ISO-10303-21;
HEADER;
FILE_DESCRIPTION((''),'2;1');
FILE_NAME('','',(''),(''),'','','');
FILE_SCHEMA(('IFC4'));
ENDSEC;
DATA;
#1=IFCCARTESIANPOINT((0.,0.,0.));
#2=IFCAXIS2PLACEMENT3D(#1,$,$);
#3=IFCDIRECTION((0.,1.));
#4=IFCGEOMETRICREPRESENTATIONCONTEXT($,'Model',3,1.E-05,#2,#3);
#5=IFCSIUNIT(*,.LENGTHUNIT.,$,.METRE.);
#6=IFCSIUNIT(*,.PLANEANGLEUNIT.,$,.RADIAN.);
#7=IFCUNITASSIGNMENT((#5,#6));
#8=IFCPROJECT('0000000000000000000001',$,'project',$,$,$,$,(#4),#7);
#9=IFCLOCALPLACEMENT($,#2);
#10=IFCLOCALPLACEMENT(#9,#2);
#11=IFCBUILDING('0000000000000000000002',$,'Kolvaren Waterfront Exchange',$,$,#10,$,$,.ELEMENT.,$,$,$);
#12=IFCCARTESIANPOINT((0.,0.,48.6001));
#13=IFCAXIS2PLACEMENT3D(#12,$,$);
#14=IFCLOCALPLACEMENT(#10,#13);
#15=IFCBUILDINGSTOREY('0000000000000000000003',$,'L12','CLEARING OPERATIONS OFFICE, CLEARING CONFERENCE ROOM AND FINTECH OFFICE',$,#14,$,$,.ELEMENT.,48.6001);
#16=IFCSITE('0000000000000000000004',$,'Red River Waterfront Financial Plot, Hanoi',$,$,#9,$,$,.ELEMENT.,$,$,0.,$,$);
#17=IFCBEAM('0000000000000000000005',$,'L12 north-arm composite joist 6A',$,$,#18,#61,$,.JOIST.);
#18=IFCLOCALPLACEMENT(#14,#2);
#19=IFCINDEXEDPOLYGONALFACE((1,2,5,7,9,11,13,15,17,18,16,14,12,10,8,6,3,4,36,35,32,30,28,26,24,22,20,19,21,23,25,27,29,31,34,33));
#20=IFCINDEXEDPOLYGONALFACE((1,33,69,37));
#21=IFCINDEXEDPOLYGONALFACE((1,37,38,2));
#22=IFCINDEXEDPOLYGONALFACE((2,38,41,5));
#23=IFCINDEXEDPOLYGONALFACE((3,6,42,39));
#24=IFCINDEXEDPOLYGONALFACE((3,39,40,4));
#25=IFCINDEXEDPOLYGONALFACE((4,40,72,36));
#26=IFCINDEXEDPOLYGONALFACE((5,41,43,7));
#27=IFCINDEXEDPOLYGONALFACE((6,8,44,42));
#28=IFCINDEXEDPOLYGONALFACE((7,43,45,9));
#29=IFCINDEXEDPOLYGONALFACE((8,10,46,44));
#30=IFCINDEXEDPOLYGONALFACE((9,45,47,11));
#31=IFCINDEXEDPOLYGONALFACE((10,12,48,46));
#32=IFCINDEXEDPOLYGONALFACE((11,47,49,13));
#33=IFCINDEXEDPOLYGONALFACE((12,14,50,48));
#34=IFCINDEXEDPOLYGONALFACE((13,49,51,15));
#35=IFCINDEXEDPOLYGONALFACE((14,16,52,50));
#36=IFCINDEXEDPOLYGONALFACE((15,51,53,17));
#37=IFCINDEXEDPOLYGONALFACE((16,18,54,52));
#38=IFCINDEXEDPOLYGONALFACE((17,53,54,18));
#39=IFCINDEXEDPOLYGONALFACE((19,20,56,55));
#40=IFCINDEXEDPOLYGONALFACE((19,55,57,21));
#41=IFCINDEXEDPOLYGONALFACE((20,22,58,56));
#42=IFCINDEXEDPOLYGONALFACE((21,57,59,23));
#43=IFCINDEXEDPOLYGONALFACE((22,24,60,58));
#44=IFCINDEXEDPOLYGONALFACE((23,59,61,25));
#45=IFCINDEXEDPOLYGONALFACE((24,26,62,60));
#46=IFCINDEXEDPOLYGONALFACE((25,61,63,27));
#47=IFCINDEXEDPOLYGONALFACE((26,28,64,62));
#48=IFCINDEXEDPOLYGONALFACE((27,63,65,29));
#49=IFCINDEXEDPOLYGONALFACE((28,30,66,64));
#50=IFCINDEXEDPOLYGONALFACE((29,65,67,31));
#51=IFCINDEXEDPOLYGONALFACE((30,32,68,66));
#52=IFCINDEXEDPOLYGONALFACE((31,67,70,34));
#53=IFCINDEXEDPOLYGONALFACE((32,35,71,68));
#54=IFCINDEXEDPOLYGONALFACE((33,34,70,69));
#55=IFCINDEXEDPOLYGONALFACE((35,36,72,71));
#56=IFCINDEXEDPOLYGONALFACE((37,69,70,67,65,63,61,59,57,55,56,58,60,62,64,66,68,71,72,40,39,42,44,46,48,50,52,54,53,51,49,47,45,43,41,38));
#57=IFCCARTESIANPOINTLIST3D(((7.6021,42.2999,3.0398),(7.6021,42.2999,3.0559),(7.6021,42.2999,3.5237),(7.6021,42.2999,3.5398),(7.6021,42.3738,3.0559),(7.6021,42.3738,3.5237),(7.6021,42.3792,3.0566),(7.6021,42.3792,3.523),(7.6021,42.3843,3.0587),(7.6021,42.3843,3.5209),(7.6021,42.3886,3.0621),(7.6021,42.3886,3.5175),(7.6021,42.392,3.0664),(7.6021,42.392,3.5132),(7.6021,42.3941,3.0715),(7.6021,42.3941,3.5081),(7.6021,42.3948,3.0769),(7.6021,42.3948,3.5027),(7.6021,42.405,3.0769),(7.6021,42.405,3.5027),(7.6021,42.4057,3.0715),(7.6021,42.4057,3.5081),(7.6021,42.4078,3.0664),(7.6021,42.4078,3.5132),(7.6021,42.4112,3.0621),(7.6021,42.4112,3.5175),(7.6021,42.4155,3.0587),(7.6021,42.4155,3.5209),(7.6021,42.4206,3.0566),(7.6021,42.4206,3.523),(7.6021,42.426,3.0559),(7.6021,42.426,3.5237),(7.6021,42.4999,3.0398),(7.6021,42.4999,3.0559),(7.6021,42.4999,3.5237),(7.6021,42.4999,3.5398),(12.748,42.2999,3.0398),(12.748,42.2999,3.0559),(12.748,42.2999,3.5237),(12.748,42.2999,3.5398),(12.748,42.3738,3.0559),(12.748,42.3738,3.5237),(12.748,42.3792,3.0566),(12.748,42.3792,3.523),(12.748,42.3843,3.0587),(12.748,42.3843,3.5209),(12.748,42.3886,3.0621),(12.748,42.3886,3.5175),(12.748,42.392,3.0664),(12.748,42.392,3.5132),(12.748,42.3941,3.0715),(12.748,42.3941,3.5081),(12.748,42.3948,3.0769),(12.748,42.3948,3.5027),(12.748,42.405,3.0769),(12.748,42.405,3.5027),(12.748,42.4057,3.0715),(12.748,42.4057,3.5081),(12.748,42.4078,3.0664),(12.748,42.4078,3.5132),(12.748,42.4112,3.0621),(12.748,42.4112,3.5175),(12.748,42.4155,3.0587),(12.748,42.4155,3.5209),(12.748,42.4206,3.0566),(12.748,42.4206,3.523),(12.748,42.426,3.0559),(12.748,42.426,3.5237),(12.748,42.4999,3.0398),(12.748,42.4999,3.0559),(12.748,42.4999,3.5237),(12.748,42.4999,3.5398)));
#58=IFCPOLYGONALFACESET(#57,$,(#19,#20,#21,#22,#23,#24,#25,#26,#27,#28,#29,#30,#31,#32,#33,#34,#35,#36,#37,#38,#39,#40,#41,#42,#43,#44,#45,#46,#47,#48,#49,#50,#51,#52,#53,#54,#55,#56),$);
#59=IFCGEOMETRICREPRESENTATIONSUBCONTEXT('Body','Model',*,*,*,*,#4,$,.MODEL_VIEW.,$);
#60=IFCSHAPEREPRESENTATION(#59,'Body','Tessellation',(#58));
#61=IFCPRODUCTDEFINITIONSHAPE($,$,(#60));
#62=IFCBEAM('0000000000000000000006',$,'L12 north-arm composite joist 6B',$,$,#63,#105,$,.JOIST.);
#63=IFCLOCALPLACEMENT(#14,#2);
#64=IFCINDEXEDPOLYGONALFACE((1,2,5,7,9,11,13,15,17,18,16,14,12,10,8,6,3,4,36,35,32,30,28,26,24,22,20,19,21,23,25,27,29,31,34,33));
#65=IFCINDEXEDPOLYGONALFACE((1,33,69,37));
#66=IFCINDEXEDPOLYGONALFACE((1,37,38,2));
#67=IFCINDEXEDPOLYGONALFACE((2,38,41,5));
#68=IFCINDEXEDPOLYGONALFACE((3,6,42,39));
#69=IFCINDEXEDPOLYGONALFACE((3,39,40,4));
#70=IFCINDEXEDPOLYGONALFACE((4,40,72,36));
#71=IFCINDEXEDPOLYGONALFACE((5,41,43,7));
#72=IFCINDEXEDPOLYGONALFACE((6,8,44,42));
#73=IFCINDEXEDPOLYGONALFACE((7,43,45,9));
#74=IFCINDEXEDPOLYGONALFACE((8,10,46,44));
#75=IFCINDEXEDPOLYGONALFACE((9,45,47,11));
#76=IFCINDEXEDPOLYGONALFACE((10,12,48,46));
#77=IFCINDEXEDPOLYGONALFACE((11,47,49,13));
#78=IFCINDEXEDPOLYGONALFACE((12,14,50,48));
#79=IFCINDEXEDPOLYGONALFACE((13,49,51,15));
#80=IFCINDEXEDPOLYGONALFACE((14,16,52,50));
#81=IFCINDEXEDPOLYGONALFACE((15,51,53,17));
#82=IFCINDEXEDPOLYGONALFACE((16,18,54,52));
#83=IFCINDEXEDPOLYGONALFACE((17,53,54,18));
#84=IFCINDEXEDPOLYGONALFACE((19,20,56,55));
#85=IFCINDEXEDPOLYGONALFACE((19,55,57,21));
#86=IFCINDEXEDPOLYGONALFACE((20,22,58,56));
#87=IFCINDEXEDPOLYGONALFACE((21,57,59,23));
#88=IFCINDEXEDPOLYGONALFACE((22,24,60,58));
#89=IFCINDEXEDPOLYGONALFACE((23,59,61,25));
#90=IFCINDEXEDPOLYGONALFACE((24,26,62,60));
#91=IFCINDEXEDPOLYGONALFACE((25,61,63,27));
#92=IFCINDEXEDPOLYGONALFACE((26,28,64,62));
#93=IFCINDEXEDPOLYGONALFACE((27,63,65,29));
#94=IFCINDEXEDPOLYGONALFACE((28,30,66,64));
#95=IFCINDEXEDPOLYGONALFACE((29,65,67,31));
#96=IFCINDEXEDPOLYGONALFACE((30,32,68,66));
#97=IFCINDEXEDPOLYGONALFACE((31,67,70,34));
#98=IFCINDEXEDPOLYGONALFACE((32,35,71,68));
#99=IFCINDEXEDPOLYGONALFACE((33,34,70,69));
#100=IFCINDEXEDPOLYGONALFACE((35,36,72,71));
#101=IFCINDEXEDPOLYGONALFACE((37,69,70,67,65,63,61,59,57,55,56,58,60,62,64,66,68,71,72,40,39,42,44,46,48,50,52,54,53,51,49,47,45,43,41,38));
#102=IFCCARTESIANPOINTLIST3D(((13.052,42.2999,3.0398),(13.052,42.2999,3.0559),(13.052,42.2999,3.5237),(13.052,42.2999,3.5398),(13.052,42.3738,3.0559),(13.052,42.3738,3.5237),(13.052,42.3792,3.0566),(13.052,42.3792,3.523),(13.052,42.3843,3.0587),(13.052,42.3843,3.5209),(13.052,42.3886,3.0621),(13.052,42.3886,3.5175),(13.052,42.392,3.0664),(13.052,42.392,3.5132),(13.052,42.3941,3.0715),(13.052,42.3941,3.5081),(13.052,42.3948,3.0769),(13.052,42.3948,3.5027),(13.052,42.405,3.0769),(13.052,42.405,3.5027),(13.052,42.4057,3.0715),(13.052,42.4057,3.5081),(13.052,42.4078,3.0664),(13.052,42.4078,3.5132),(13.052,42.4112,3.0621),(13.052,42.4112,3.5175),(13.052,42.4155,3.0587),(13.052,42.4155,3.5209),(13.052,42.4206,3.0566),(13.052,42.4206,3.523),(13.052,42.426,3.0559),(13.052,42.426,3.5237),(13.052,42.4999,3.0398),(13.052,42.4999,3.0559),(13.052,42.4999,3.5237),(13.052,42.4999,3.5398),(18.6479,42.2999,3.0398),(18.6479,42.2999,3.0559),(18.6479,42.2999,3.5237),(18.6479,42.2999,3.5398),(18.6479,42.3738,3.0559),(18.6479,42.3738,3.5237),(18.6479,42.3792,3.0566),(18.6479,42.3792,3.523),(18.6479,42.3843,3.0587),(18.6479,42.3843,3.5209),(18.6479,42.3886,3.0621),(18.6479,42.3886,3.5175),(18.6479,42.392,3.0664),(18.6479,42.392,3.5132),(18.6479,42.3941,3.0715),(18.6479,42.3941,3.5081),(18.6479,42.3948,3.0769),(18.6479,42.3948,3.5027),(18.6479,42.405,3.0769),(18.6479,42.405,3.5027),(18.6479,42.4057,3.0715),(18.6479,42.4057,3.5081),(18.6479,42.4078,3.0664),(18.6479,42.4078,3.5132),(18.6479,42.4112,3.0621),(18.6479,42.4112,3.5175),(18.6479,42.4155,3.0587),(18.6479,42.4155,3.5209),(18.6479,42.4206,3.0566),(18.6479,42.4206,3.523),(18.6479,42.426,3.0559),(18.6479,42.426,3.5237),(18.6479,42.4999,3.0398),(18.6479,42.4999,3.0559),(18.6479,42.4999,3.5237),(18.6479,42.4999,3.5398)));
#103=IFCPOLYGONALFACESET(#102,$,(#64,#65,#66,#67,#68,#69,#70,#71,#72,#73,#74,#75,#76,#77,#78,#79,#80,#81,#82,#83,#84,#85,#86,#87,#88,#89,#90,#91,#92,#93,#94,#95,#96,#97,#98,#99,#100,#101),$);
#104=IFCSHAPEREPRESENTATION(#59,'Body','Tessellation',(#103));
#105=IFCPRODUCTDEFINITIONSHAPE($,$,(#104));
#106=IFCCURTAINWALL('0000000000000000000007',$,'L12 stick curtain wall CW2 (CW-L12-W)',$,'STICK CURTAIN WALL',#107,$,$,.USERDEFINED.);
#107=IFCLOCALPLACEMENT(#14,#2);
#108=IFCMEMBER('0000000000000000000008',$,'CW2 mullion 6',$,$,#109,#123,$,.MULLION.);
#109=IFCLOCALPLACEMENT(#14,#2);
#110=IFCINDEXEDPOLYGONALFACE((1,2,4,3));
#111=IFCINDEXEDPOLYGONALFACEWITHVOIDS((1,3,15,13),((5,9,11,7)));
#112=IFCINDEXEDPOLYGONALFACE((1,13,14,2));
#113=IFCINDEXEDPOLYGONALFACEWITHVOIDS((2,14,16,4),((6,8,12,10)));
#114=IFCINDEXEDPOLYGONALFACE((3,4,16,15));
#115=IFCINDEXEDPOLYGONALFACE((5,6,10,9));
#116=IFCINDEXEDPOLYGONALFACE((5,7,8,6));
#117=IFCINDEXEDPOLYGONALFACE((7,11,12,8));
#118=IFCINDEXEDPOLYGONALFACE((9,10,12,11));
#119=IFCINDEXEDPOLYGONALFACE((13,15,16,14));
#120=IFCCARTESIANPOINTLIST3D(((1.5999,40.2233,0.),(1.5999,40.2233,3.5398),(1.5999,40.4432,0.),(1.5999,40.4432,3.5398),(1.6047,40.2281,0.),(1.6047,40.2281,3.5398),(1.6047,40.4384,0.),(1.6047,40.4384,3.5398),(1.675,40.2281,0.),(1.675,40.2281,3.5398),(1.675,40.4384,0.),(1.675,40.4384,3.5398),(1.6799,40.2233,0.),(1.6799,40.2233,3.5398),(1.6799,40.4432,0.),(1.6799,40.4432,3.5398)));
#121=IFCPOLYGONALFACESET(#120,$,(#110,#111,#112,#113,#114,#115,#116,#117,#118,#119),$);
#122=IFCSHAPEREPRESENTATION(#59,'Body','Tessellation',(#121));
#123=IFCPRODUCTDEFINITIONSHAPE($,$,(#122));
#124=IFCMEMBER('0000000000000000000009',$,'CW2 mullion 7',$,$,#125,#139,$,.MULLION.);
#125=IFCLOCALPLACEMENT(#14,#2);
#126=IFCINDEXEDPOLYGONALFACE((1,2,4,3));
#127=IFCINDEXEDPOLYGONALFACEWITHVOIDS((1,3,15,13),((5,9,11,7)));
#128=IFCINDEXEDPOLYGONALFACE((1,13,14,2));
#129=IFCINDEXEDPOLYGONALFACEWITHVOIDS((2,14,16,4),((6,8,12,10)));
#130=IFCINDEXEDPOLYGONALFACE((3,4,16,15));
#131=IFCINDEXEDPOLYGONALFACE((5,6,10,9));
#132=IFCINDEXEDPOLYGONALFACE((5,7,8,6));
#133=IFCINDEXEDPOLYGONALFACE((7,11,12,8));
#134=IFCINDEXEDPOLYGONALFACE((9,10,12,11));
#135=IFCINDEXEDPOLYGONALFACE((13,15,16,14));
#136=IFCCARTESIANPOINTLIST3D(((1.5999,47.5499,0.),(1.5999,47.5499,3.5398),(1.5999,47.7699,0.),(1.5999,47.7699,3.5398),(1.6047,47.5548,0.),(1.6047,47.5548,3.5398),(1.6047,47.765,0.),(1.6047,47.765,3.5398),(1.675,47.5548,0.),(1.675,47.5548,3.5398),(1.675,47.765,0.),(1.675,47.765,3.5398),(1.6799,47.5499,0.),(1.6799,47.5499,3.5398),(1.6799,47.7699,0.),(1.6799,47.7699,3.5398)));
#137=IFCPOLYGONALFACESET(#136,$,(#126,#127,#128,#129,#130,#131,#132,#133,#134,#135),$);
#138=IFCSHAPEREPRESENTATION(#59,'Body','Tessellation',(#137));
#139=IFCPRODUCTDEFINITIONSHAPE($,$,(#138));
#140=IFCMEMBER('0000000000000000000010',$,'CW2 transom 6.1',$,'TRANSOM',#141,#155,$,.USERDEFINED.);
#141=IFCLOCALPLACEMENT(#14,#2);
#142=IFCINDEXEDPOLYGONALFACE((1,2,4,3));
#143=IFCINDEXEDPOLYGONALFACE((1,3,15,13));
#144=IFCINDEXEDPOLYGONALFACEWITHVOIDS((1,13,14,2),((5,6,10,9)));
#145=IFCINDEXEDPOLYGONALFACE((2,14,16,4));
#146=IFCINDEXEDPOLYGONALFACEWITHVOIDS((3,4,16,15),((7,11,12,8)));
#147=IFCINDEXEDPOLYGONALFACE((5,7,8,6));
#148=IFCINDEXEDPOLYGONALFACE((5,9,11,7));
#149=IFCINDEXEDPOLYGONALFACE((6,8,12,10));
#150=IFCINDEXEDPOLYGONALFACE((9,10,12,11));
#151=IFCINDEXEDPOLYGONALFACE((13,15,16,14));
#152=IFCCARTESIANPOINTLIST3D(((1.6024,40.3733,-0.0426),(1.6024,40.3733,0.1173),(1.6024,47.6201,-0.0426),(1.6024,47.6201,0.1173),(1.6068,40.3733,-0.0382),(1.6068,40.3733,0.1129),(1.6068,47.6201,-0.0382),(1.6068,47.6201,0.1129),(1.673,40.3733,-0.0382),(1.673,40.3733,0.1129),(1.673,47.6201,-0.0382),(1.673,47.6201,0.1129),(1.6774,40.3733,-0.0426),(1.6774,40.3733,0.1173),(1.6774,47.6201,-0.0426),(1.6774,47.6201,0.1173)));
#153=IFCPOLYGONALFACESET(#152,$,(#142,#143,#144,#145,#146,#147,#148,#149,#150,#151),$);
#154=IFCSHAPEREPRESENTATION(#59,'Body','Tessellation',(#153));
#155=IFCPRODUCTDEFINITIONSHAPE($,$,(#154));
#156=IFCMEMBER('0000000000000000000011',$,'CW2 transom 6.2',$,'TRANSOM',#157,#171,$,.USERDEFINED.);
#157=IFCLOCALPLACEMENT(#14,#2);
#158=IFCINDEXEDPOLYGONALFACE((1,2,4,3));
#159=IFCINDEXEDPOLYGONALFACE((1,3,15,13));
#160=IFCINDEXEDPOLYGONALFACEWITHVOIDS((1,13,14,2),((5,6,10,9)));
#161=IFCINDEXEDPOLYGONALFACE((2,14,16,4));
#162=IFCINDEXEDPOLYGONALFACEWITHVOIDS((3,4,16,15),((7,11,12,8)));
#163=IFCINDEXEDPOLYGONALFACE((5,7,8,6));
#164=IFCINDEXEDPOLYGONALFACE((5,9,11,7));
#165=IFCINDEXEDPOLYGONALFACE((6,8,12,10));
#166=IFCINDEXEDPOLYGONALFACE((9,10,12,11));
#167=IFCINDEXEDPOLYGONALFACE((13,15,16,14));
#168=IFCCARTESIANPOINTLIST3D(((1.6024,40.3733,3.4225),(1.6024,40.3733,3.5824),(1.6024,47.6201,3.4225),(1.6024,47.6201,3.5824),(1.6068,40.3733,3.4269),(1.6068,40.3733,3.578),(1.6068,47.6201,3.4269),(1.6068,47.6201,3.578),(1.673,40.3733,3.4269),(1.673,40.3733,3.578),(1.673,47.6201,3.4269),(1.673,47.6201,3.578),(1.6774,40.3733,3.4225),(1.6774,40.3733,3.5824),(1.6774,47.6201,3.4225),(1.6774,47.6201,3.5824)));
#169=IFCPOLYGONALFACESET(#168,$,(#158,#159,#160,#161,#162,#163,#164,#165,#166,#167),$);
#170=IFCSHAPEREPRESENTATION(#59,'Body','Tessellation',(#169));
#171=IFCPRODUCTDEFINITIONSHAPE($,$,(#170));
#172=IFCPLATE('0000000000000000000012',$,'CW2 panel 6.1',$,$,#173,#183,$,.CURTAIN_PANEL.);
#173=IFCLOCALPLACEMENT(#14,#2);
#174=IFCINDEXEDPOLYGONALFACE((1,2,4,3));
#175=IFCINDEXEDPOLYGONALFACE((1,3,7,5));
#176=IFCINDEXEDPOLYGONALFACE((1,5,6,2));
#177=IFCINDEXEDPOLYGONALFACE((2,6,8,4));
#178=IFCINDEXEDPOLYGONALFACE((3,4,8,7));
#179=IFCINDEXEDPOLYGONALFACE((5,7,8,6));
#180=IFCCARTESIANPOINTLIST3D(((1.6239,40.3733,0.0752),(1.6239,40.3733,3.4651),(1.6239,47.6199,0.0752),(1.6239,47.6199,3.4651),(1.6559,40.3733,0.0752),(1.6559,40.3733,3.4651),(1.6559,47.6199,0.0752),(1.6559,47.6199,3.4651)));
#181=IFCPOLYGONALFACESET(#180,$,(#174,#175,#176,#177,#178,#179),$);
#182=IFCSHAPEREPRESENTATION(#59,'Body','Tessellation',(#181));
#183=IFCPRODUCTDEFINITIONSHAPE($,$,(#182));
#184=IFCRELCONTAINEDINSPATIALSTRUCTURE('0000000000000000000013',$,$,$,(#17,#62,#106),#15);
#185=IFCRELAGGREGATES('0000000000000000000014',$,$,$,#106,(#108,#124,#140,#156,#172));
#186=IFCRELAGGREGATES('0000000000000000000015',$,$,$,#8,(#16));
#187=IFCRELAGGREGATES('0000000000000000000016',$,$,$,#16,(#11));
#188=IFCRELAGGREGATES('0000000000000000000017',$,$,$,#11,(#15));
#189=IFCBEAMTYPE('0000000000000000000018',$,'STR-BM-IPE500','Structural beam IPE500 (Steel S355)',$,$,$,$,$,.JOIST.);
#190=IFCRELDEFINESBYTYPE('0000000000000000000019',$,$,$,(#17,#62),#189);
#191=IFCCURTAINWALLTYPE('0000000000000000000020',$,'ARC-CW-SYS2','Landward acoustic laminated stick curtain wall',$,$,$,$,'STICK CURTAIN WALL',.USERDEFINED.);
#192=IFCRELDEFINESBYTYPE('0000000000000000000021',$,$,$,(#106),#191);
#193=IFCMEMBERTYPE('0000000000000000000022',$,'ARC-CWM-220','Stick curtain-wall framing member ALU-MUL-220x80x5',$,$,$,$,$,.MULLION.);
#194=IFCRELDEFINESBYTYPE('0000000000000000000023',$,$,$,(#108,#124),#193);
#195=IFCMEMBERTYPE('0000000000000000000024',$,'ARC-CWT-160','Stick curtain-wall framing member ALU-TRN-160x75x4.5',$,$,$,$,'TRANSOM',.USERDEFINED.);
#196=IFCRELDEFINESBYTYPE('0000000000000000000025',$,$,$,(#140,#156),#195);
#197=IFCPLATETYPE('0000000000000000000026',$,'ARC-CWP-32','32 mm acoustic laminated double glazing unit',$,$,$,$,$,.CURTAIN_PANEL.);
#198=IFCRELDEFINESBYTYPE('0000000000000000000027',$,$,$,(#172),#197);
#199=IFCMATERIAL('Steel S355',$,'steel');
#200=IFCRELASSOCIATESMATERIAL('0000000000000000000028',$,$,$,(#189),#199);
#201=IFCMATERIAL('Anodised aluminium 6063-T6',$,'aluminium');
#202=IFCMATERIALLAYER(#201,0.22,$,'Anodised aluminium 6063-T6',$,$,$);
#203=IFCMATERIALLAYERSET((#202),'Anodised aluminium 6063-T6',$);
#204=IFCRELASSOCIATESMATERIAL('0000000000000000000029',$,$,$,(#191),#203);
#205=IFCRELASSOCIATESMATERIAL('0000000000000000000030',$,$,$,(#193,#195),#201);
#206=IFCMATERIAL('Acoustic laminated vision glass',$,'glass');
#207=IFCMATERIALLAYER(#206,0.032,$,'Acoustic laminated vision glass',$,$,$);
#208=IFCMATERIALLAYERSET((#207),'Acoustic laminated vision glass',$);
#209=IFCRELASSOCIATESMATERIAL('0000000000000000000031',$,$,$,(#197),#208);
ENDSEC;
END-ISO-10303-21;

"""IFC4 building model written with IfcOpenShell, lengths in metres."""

from ifc_helpers import new_model, si_unit, direction, frame, origin, origin_with_axes, origin_2d, place, context, subcontext, project, spatial, rectangle, hollow_rectangle, i_section, extrude, source, transform, mapped, material, layer, layer_set, material_profile, profile_set, type_object, element, aggregate, save


model = new_model("IFC4")

# Units and contexts
model_context = context("Model", 3, precision=1e-05, world=origin(), true_north=direction((0.0, 1.0)))
body_context = subcontext(model_context, "Body", "Model", "MODEL_VIEW")
ifc_project = project(units=[si_unit("LENGTHUNIT", "METRE"), si_unit("PLANEANGLEUNIT", "RADIAN")], contexts=[model_context])

# Site, building, storey
site_placement = place(None, origin())
site = spatial("IfcSite", under=ifc_project, at=site_placement, Name="Red River Waterfront Financial Plot, Hanoi", CompositionType="ELEMENT", RefElevation=0.0)
building_placement = place(site_placement, origin())
building = spatial("IfcBuilding", under=site, at=building_placement, Name="Kolvaren Waterfront Exchange", CompositionType="ELEMENT")
storey_placement = place(building_placement, frame((0.0, 0.0, 48.6001)))
storey = spatial("IfcBuildingStorey", under=building, at=storey_placement, Name="L12", Description="CLEARING OPERATIONS OFFICE, CLEARING CONFERENCE ROOM AND FINTECH OFFICE", CompositionType="ELEMENT", Elevation=48.6001)

# Beams
ifc_material_1 = material(Name="Steel S355", Category="steel")
ifc_material_profile_1 = material_profile(ifc_material_1, i_section(OverallWidth=0.2, OverallDepth=0.5, WebThickness=0.0103, FlangeThickness=0.0161, FilletRadius=0.021, at=origin_2d()), Name="IPE500")
ifc_profile_set_1 = profile_set([ifc_material_profile_1], Name="Steel S355")
beam_type_1 = type_object("IfcBeamType", Name="STR-BM-IPE500", Description="Structural beam IPE500 (Steel S355)", PredefinedType="JOIST", material=ifc_profile_set_1)
beam_1_placement = place(storey_placement, frame((7.6021, 42.3999, 3.2898), z_axis=(1.0, 0.0, 0.0), x_axis=(0.0, 1.0, 0.0)))
element("IfcBeam", 1, at=beam_1_placement, inside=storey, type_object=beam_type_1, Name="L12 north-arm composite joist 6A", PredefinedType="JOIST", context=body_context, shape_type="SweptSolid", body=[
    extrude(i_section(OverallWidth=0.2, OverallDepth=0.5, WebThickness=0.0103, FlangeThickness=0.0161, FilletRadius=0.021, at=origin_2d()), origin(), (0.0, 0.0, 1.0), 5.146),
])
beam_2_placement = place(storey_placement, frame((13.052, 42.3999, 3.2898), z_axis=(1.0, 0.0, 0.0), x_axis=(0.0, 1.0, 0.0)))
element("IfcBeam", 2, at=beam_2_placement, inside=storey, type_object=beam_type_1, Name="L12 north-arm composite joist 6B", PredefinedType="JOIST", context=body_context, shape_type="SweptSolid", body=[
    extrude(i_section(OverallWidth=0.2, OverallDepth=0.5, WebThickness=0.0103, FlangeThickness=0.0161, FilletRadius=0.021, at=origin_2d()), origin(), (0.0, 0.0, 1.0), 5.5959),
])

# Curtain wall, members, plate
ifc_material_2 = material(Name="Anodised aluminium 6063-T6", Category="aluminium")
ifc_layer_1 = layer(ifc_material_2, 0.22, Name="Anodised aluminium 6063-T6")
ifc_layer_set_1 = layer_set([ifc_layer_1], Name="Anodised aluminium 6063-T6")
curtain_wall_type = type_object("IfcCurtainWallType", Name="ARC-CW-SYS2", Description="Landward acoustic laminated stick curtain wall", ElementType="STICK CURTAIN WALL", PredefinedType="USERDEFINED", material=ifc_layer_set_1)
curtain_wall_placement = place(storey_placement, origin())
curtain_wall = element("IfcCurtainWall", 3, at=curtain_wall_placement, inside=storey, type_object=curtain_wall_type, Name="L12 stick curtain wall CW2 (CW-L12-W)", ObjectType="STICK CURTAIN WALL", PredefinedType="USERDEFINED")
ifc_material_profile_2 = material_profile(ifc_material_2, hollow_rectangle(XDim=0.0801, YDim=0.22, WallThickness=0.0049, at=origin_2d()), Name="ALU-MUL-220x80x5")
ifc_profile_set_2 = profile_set([ifc_material_profile_2], Name="Anodised aluminium 6063-T6")
member_type_1 = type_object("IfcMemberType", Name="ARC-CWM-220", Description="Stick curtain-wall framing member ALU-MUL-220x80x5", PredefinedType="MULLION", material=ifc_profile_set_2)
shared_shape_1 = source(origin_with_axes(), body_context, "Body", "SweptSolid", [
    extrude(hollow_rectangle(XDim=0.0801, YDim=0.22, WallThickness=0.0049, at=origin_2d()), origin(), (0.0, 0.0, 1.0), 3.5398),
])
member_1_placement = place(storey_placement, frame((1.6399, 40.3333, 0.0), z_axis=(0.0, 0.0, 1.0), x_axis=(-1.0, 0.0, 0.0)))
member_1 = element("IfcMember", 4, at=member_1_placement, type_object=member_type_1, Name="CW2 mullion 6", PredefinedType="MULLION", context=body_context, shape_type="MappedRepresentation", body=[
    mapped(shared_shape_1, transform((0.0, 0.0, 0.0), x_axis=(1.0, 0.0, 0.0), y_axis=(0.0, 1.0, 0.0), z_axis=(0.0, 0.0, 1.0), scale=1.0)),
])
member_2_placement = place(storey_placement, frame((1.6399, 47.6599, 0.0), z_axis=(0.0, 0.0, 1.0), x_axis=(-1.0, 0.0, 0.0)))
member_2 = element("IfcMember", 5, at=member_2_placement, type_object=member_type_1, Name="CW2 mullion 7", PredefinedType="MULLION", context=body_context, shape_type="MappedRepresentation", body=[
    mapped(shared_shape_1, transform((0.0, 0.0, 0.0), x_axis=(1.0, 0.0, 0.0), y_axis=(0.0, 1.0, 0.0), z_axis=(0.0, 0.0, 1.0), scale=1.0)),
])
ifc_material_profile_3 = material_profile(ifc_material_2, hollow_rectangle(XDim=0.075, YDim=0.1599, WallThickness=0.0044, at=origin_2d()), Name="ALU-TRN-160x75x4.5")
ifc_profile_set_3 = profile_set([ifc_material_profile_3], Name="Anodised aluminium 6063-T6")
member_type_2 = type_object("IfcMemberType", Name="ARC-CWT-160", Description="Stick curtain-wall framing member ALU-TRN-160x75x4.5", ElementType="TRANSOM", PredefinedType="USERDEFINED", material=ifc_profile_set_3)
shared_shape_2 = source(origin_with_axes(), body_context, "Body", "SweptSolid", [
    extrude(hollow_rectangle(XDim=0.075, YDim=0.1599, WallThickness=0.0044, at=origin_2d()), origin(), (0.0, 0.0, 1.0), 7.2468),
])
member_3_placement = place(storey_placement, frame((1.6399, 40.3733, 0.0374), z_axis=(0.0, 1.0, 0.0), x_axis=(-1.0, 0.0, 0.0)))
member_3 = element("IfcMember", 6, at=member_3_placement, type_object=member_type_2, Name="CW2 transom 6.1", ObjectType="TRANSOM", PredefinedType="USERDEFINED", context=body_context, shape_type="MappedRepresentation", body=[
    mapped(shared_shape_2, transform((0.0, 0.0, 0.0), x_axis=(1.0, 0.0, 0.0), y_axis=(0.0, 1.0, 0.0), z_axis=(0.0, 0.0, 1.0), scale=1.0)),
])
member_4_placement = place(storey_placement, frame((1.6399, 40.3733, 3.5024), z_axis=(0.0, 1.0, 0.0), x_axis=(-1.0, 0.0, 0.0)))
member_4 = element("IfcMember", 7, at=member_4_placement, type_object=member_type_2, Name="CW2 transom 6.2", ObjectType="TRANSOM", PredefinedType="USERDEFINED", context=body_context, shape_type="MappedRepresentation", body=[
    mapped(shared_shape_2, transform((0.0, 0.0, 0.0), x_axis=(1.0, 0.0, 0.0), y_axis=(0.0, 1.0, 0.0), z_axis=(0.0, 0.0, 1.0), scale=1.0)),
])
ifc_material_3 = material(Name="Acoustic laminated vision glass", Category="glass")
ifc_layer_2 = layer(ifc_material_3, 0.032, Name="Acoustic laminated vision glass")
ifc_layer_set_2 = layer_set([ifc_layer_2], Name="Acoustic laminated vision glass")
plate_type = type_object("IfcPlateType", Name="ARC-CWP-32", Description="32 mm acoustic laminated double glazing unit", PredefinedType="CURTAIN_PANEL", material=ifc_layer_set_2)
shared_shape_3 = source(origin_with_axes(), body_context, "Body", "SweptSolid", [
    extrude(rectangle(XDim=7.2466, YDim=0.032, at=origin_2d()), origin(), (0.0, 0.0, 1.0), 3.3899),
])
plate_placement = place(storey_placement, frame((1.6399, 43.9966, 0.0752), z_axis=(0.0, 0.0, 1.0), x_axis=(0.0, 1.0, 0.0)))
plate = element("IfcPlate", 8, at=plate_placement, type_object=plate_type, Name="CW2 panel 6.1", PredefinedType="CURTAIN_PANEL", context=body_context, shape_type="MappedRepresentation", body=[
    mapped(shared_shape_3, transform((0.0, 0.0, 0.0), x_axis=(1.0, 0.0, 0.0), y_axis=(0.0, 1.0, 0.0), z_axis=(0.0, 0.0, 1.0), scale=1.0)),
])
aggregate(curtain_wall, [member_1, member_2, member_3, member_4, plate])

save(model, "model.ifc")
